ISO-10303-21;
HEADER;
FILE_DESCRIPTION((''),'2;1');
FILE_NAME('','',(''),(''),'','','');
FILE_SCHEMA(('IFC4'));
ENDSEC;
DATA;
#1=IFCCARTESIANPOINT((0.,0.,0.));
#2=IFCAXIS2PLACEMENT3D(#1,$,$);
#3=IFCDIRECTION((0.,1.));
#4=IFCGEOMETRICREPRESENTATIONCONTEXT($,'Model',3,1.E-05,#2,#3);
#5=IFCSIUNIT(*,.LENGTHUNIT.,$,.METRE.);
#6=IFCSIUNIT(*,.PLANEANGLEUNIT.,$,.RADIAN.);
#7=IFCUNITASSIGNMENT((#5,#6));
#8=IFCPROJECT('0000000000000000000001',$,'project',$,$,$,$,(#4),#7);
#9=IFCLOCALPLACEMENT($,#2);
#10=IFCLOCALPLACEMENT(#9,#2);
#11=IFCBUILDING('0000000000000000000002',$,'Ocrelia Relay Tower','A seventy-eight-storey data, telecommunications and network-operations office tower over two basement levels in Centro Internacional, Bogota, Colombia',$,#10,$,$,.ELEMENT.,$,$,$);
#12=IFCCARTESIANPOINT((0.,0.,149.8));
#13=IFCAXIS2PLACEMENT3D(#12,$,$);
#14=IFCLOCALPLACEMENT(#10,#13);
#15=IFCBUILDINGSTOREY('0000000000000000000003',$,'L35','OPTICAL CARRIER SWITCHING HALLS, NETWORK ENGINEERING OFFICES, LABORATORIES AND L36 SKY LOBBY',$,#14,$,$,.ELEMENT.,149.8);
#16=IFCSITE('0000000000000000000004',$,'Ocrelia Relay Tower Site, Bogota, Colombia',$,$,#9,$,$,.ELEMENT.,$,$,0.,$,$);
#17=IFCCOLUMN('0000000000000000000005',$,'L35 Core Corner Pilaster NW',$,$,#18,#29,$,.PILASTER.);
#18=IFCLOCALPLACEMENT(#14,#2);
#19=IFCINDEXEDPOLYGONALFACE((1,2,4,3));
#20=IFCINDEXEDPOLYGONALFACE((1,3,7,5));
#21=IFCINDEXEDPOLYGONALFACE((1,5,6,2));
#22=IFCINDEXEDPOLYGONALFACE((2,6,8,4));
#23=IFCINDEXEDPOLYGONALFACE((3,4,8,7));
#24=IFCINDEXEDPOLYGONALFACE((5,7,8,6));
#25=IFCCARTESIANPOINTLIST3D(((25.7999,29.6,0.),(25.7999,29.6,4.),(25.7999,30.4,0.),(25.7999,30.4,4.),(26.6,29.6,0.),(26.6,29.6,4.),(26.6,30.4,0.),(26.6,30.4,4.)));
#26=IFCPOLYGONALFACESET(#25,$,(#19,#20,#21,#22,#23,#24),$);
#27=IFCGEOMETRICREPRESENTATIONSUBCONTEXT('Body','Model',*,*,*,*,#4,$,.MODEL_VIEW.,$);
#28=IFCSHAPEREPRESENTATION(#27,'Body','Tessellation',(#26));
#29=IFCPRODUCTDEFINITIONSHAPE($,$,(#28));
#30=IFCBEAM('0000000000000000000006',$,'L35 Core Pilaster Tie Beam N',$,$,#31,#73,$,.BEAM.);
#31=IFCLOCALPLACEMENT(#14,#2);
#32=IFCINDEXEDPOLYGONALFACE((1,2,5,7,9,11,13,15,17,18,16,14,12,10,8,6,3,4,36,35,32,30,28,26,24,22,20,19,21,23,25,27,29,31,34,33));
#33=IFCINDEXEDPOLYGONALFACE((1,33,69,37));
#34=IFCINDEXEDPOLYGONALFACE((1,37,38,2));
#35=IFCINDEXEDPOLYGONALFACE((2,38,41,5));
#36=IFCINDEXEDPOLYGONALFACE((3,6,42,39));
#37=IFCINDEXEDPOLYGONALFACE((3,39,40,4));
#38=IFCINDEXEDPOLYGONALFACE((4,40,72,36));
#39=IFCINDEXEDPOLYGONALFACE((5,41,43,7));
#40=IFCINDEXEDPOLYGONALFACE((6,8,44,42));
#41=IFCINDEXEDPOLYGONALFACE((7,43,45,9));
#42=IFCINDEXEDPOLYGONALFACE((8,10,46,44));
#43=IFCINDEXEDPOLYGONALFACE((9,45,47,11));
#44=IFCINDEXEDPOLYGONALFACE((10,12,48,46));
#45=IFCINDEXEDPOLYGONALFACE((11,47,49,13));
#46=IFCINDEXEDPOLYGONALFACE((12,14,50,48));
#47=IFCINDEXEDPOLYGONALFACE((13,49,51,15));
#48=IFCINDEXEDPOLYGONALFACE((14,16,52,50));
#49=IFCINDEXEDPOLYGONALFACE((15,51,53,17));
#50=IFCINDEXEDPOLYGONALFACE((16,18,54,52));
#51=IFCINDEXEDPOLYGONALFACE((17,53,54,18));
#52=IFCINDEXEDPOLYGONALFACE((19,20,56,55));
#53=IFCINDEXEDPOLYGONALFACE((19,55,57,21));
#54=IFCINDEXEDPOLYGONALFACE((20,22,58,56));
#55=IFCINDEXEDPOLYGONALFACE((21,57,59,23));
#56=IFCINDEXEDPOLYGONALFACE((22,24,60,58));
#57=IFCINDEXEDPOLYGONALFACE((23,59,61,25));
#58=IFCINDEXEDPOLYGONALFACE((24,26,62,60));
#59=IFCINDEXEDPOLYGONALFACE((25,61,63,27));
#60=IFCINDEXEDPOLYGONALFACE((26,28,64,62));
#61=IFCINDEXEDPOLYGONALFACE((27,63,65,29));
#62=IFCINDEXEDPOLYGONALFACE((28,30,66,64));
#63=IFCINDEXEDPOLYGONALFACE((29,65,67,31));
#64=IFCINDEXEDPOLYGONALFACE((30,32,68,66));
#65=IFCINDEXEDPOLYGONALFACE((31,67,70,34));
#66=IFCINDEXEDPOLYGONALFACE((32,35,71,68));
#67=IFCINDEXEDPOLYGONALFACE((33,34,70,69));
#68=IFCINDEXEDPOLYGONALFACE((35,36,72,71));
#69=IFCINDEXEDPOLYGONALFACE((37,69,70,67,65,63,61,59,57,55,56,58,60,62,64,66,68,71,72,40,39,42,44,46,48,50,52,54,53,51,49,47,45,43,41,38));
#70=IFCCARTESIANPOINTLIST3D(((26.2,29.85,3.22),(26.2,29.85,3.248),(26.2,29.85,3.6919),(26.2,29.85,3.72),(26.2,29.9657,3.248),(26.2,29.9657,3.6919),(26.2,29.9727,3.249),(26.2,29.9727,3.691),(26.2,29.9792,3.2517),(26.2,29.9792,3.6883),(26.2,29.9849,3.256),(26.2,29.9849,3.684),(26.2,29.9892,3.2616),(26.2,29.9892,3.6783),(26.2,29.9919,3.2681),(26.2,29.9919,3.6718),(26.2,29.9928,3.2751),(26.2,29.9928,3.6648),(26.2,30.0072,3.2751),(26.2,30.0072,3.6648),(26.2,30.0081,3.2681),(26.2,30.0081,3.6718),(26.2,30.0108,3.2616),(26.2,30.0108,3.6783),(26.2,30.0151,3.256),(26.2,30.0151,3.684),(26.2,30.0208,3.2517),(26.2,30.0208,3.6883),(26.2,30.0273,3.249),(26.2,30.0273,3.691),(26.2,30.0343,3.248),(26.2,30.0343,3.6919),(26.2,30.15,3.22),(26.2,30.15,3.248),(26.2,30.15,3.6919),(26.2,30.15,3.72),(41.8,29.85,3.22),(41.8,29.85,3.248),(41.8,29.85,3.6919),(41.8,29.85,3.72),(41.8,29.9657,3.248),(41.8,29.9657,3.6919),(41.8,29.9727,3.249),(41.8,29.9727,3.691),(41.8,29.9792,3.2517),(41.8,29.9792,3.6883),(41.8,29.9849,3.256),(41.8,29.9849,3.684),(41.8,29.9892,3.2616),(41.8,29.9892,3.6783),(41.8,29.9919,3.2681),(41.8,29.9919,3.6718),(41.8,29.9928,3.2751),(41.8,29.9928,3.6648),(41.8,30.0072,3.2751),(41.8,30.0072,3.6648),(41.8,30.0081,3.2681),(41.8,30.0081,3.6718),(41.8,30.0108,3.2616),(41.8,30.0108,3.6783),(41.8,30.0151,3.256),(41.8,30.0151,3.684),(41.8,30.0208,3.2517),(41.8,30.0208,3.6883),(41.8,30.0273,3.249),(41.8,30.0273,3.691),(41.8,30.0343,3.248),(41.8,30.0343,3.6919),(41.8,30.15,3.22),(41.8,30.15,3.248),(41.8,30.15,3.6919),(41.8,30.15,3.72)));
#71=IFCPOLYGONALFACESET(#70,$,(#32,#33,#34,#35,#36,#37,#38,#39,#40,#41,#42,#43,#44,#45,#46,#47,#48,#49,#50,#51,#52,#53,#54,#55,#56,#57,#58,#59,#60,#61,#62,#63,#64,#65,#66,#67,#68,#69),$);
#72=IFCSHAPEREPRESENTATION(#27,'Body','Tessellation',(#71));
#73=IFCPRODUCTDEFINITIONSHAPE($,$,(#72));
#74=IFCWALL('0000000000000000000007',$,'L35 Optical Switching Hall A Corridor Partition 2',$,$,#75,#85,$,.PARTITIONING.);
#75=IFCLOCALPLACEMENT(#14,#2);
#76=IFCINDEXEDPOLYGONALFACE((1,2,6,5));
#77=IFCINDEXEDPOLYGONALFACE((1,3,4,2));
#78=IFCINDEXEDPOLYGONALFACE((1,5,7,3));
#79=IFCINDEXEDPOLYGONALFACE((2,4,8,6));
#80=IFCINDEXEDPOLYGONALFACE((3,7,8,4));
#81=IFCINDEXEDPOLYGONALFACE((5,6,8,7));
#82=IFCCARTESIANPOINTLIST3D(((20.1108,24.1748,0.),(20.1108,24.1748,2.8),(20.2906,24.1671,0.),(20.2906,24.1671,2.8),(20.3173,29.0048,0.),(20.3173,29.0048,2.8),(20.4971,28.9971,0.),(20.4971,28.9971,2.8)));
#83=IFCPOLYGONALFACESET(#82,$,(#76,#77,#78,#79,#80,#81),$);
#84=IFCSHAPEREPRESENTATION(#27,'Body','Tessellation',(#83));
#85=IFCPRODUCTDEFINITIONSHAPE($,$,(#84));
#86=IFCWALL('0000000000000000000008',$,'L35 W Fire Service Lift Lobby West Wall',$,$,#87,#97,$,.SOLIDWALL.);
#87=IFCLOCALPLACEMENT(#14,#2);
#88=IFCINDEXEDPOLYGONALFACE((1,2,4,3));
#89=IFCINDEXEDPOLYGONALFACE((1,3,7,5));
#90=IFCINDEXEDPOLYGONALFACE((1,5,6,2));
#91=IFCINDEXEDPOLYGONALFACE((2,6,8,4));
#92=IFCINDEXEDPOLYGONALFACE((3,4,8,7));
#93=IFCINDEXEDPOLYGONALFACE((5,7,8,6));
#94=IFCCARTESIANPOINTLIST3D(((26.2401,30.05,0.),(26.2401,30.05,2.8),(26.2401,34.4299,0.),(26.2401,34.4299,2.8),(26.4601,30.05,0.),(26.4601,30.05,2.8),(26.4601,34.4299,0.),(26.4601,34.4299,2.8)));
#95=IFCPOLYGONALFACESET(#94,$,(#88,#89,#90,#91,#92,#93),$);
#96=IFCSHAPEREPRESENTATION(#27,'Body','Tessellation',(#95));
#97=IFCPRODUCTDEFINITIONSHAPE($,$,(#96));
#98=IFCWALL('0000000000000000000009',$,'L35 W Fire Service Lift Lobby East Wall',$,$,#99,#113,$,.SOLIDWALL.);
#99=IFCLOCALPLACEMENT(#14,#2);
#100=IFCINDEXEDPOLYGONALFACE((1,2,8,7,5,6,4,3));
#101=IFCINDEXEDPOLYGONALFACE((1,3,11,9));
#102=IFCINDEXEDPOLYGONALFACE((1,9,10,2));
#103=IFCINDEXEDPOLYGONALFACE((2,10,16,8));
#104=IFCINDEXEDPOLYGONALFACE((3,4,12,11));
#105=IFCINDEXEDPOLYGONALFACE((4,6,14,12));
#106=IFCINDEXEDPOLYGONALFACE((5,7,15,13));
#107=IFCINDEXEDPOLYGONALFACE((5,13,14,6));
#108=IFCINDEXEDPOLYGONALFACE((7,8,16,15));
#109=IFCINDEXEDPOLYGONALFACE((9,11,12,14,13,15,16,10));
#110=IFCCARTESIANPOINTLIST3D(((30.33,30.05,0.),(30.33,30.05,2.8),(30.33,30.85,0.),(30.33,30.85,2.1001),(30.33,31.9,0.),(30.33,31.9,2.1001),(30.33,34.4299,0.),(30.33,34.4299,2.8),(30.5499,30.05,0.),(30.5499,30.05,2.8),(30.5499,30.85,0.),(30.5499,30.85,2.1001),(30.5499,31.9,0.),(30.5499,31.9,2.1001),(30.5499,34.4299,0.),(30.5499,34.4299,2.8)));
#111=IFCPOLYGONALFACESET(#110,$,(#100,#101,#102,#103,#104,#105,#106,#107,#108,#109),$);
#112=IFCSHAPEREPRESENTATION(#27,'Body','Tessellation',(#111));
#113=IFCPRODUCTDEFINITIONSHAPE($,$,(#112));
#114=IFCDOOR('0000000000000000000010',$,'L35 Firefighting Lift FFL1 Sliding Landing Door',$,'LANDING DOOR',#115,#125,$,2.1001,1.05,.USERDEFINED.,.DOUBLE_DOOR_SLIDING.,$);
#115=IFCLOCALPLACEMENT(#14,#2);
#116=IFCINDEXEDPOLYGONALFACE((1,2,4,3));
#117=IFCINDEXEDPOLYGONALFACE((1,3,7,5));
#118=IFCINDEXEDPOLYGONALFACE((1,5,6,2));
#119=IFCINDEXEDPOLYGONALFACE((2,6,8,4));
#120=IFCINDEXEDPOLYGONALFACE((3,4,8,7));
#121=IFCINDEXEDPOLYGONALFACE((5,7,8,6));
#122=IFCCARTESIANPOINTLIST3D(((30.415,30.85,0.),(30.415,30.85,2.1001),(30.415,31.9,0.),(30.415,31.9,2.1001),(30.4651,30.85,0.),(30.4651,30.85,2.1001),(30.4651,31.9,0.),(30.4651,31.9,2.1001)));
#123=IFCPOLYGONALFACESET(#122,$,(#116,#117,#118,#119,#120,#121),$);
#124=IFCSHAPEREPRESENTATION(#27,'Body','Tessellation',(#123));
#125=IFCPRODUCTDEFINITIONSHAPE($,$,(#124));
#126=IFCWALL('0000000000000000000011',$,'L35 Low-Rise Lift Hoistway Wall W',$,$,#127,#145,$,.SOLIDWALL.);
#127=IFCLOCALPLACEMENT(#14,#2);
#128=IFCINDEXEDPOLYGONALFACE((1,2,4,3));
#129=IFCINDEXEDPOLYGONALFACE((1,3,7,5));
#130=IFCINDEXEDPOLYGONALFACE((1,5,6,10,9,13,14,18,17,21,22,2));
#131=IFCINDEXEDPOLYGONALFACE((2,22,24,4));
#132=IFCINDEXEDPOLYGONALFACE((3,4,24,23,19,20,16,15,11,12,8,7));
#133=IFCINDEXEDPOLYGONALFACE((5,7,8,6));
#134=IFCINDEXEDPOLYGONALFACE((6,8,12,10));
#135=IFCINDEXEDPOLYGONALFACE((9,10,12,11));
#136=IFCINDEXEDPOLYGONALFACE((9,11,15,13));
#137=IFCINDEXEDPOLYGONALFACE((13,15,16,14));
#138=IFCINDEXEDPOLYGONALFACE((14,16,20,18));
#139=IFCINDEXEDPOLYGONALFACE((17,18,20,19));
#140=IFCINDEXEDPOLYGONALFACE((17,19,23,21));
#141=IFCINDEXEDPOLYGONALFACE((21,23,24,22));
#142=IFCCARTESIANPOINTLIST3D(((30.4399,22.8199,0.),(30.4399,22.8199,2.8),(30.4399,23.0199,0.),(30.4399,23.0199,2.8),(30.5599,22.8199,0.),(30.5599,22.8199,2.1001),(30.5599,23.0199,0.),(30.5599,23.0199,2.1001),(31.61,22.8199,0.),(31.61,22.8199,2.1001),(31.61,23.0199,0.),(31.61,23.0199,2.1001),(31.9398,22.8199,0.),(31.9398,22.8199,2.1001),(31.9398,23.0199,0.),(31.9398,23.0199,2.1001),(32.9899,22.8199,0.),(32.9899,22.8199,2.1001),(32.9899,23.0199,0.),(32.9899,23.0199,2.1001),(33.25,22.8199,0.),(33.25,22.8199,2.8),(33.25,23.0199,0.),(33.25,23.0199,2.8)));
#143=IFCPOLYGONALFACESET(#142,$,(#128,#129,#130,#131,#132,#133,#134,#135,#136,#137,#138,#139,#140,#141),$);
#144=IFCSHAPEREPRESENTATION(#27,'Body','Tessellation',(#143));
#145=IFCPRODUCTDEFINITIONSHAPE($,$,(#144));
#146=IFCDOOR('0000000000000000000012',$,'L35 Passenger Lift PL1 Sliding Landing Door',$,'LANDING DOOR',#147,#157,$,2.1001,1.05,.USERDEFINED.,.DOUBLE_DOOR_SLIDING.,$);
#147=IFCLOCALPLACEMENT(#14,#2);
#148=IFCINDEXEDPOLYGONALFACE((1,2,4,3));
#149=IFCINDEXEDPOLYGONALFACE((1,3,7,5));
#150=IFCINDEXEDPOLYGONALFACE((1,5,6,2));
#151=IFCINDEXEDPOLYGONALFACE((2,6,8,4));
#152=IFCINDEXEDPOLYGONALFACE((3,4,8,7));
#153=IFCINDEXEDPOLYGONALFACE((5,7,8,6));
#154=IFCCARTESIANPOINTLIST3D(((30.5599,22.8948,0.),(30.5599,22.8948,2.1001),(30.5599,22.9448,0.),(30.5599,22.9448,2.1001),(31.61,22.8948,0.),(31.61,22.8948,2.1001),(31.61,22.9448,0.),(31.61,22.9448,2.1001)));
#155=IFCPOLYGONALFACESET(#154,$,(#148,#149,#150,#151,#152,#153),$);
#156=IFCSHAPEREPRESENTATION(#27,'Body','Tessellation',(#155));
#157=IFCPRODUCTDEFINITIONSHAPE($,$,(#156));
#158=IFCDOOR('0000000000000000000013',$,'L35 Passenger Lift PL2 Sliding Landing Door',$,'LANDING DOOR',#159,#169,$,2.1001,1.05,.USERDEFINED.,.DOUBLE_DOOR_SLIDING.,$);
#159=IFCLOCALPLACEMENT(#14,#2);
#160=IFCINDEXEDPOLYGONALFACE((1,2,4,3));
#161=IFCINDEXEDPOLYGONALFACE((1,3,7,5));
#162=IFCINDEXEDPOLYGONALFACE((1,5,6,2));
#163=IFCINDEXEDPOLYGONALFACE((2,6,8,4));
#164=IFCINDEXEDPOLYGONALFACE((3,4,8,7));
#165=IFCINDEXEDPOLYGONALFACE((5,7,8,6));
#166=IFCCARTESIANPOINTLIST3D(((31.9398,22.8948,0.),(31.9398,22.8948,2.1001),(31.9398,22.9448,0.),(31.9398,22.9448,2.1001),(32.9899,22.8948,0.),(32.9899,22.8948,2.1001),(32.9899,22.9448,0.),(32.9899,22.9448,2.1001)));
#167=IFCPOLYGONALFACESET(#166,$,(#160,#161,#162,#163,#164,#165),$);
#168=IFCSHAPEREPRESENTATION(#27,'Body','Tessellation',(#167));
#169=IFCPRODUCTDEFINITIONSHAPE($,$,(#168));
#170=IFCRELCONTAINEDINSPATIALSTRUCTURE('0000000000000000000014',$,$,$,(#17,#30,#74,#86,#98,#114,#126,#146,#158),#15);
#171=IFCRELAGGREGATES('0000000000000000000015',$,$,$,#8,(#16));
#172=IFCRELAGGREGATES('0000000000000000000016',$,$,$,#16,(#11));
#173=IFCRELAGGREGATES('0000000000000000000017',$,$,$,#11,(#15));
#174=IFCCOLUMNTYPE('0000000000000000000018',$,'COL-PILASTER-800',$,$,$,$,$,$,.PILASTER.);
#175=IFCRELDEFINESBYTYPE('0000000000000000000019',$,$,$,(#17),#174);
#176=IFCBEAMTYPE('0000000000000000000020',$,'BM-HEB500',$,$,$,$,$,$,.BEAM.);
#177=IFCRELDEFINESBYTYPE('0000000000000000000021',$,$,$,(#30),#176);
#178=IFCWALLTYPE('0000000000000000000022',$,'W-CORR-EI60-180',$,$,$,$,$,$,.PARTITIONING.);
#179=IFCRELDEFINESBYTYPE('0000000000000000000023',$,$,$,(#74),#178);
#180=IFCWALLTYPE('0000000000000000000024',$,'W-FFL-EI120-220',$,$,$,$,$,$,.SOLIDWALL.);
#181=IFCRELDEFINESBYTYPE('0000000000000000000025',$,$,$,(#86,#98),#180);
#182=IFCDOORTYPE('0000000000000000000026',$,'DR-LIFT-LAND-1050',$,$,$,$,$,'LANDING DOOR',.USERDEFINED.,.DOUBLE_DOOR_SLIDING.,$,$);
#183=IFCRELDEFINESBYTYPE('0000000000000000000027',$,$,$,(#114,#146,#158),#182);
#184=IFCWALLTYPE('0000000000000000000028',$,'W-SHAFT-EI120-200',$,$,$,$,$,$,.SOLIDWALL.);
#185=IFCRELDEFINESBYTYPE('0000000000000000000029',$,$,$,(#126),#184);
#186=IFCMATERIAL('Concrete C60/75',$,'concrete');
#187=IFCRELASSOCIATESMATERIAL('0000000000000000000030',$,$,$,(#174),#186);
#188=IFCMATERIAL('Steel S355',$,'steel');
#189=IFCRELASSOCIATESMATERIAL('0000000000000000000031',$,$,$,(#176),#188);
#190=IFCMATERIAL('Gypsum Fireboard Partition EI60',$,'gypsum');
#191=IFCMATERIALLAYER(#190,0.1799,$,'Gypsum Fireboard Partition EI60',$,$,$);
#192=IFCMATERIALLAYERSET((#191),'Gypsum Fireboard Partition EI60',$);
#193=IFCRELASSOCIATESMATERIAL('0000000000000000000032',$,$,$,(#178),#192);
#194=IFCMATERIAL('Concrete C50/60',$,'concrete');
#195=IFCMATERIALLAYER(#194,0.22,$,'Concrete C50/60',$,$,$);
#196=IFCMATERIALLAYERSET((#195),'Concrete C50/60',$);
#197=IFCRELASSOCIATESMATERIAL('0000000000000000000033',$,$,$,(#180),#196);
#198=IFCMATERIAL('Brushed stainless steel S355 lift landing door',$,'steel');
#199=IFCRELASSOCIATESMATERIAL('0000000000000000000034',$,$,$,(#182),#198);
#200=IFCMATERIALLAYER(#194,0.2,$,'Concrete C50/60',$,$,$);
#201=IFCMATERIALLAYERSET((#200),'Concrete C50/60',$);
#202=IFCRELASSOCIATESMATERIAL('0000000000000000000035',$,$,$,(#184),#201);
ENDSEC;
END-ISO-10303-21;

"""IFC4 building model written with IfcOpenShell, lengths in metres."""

from ifc_helpers import new_model, si_unit, direction, frame, frame_2d, origin, origin_2d, place, context, subcontext, project, spatial, rectangle, i_section, extrude, material, layer, layer_set, material_profile, profile_set, type_object, element, fill, save


model = new_model("IFC4")

# Units and contexts
model_context = context("Model", 3, precision=1e-05, world=origin(), true_north=direction((0.0, 1.0)))
body_context = subcontext(model_context, "Body", "Model", "MODEL_VIEW")
ifc_project = project(units=[si_unit("LENGTHUNIT", "METRE"), si_unit("PLANEANGLEUNIT", "RADIAN")], contexts=[model_context])

# Site, building, storey
site_placement = place(None, origin())
site = spatial("IfcSite", under=ifc_project, at=site_placement, Name="Ocrelia Relay Tower Site, Bogota, Colombia", CompositionType="ELEMENT", RefElevation=0.0)
building_placement = place(site_placement, origin())
building = spatial("IfcBuilding", under=site, at=building_placement, Name="Ocrelia Relay Tower", Description="A seventy-eight-storey data, telecommunications and network-operations office tower over two basement levels in Centro Internacional, Bogota, Colombia", CompositionType="ELEMENT")
storey_placement = place(building_placement, frame((0.0, 0.0, 149.8)))
storey = spatial("IfcBuildingStorey", under=building, at=storey_placement, Name="L35", Description="OPTICAL CARRIER SWITCHING HALLS, NETWORK ENGINEERING OFFICES, LABORATORIES AND L36 SKY LOBBY", CompositionType="ELEMENT", Elevation=149.8)

# Column
ifc_material_1 = material(Name="Concrete C60/75", Category="concrete")
ifc_material_profile_1 = material_profile(ifc_material_1, rectangle(XDim=0.8, YDim=0.8, at=origin_2d()), Name="RC-COL-800x800")
ifc_profile_set_1 = profile_set([ifc_material_profile_1], Name="Concrete C60/75")
column_type = type_object("IfcColumnType", Name="COL-PILASTER-800", PredefinedType="PILASTER", material=ifc_profile_set_1)
column_placement = place(storey_placement, frame((26.2, 30.0, 0.0), z_axis=(0.0, 0.0, 1.0), x_axis=(1.0, 0.0, 0.0)))
element("IfcColumn", 1, at=column_placement, inside=storey, type_object=column_type, Name="L35 Core Corner Pilaster NW", PredefinedType="PILASTER", context=body_context, shape_type="SweptSolid", body=[
    extrude(rectangle(XDim=0.8, YDim=0.8, at=origin_2d()), origin(), (0.0, 0.0, 1.0), 4.0),
])

# Beam
ifc_material_2 = material(Name="Steel S355", Category="steel")
ifc_material_profile_2 = material_profile(ifc_material_2, i_section(OverallWidth=0.3, OverallDepth=0.5, WebThickness=0.0144, FlangeThickness=0.0281, FilletRadius=0.0271, at=origin_2d()), Name="HEB 500")
ifc_profile_set_2 = profile_set([ifc_material_profile_2], Name="Steel S355")
beam_type = type_object("IfcBeamType", Name="BM-HEB500", PredefinedType="BEAM", material=ifc_profile_set_2)
beam_placement = place(storey_placement, frame((26.2, 30.0, 3.47), z_axis=(1.0, 0.0, 0.0), x_axis=(0.0, 1.0, 0.0)))
element("IfcBeam", 2, at=beam_placement, inside=storey, type_object=beam_type, Name="L35 Core Pilaster Tie Beam N", PredefinedType="BEAM", context=body_context, shape_type="SweptSolid", body=[
    extrude(i_section(OverallWidth=0.3, OverallDepth=0.5, WebThickness=0.0144, FlangeThickness=0.0281, FilletRadius=0.0271, at=origin_2d()), origin(), (0.0, 0.0, 1.0), 15.6001),
])

# Walls
ifc_material_3 = material(Name="Gypsum Fireboard Partition EI60", Category="gypsum")
ifc_layer_1 = layer(ifc_material_3, 0.1799, Name="Gypsum Fireboard Partition EI60")
ifc_layer_set_1 = layer_set([ifc_layer_1], Name="Gypsum Fireboard Partition EI60")
wall_type_1 = type_object("IfcWallType", Name="W-CORR-EI60-180", PredefinedType="PARTITIONING", material=ifc_layer_set_1)
wall_1_placement = place(storey_placement, frame((20.4072, 29.001, 0.0), z_axis=(0.0, 0.0, 1.0), x_axis=(-0.042723, -0.999087, 0.0)))
element("IfcWall", 3, at=wall_1_placement, inside=storey, type_object=wall_type_1, Name="L35 Optical Switching Hall A Corridor Partition 2", PredefinedType="PARTITIONING", context=body_context, shape_type="SweptSolid", body=[
    extrude(rectangle(XDim=4.8345, YDim=0.1799, at=frame_2d((2.4172, 0.0))), origin(), (0.0, 0.0, 1.0), 2.8),
])
ifc_material_4 = material(Name="Concrete C50/60", Category="concrete")
ifc_layer_2 = layer(ifc_material_4, 0.22, Name="Concrete C50/60")
ifc_layer_set_2 = layer_set([ifc_layer_2], Name="Concrete C50/60")
wall_type_2 = type_object("IfcWallType", Name="W-FFL-EI120-220", PredefinedType="SOLIDWALL", material=ifc_layer_set_2)
wall_2_placement = place(storey_placement, frame((26.3501, 30.05, 0.0), z_axis=(0.0, 0.0, 1.0), x_axis=(0.0, 1.0, 0.0)))
element("IfcWall", 4, at=wall_2_placement, inside=storey, type_object=wall_type_2, Name="L35 W Fire Service Lift Lobby West Wall", PredefinedType="SOLIDWALL", context=body_context, shape_type="SweptSolid", body=[
    extrude(rectangle(XDim=4.3799, YDim=0.22, at=frame_2d((2.1899, 0.0))), origin(), (0.0, 0.0, 1.0), 2.8),
])

# Wall, opening, door
wall_3_placement = place(storey_placement, frame((30.4399, 30.05, 0.0), z_axis=(0.0, 0.0, 1.0), x_axis=(0.0, 1.0, 0.0)))
wall_3 = element("IfcWall", 5, at=wall_3_placement, inside=storey, type_object=wall_type_2, Name="L35 W Fire Service Lift Lobby East Wall", PredefinedType="SOLIDWALL", context=body_context, shape_type="SweptSolid", body=[
    extrude(rectangle(XDim=4.3799, YDim=0.22, at=frame_2d((2.1899, 0.0))), origin(), (0.0, 0.0, 1.0), 2.8),
])
opening_1_placement = place(wall_3_placement, frame((0.8, 0.0, 0.0)))
opening_1 = element("IfcOpeningElement", 6, at=opening_1_placement, cuts=wall_3, PredefinedType="OPENING", context=body_context, shape_type="SweptSolid", body=[
    extrude(rectangle(XDim=1.05, YDim=2.1001, at=frame_2d((0.5249, 1.05))), frame((0.0, 0.1201, 0.0), z_axis=(0.0, -1.0, 0.0), x_axis=(1.0, 0.0, 0.0)), (0.0, 0.0, 1.0), 0.24),
])
ifc_material_5 = material(Name="Brushed stainless steel S355 lift landing door", Category="steel")
door_type_1 = type_object("IfcDoorType", Name="DR-LIFT-LAND-1050", ElementType="LANDING DOOR", OperationType="DOUBLE_DOOR_SLIDING", PredefinedType="USERDEFINED", material=ifc_material_5)
door_1_placement = place(opening_1_placement, origin())
door_1 = element("IfcDoor", 7, at=door_1_placement, inside=storey, type_object=door_type_1, Name="L35 Firefighting Lift FFL1 Sliding Landing Door", ObjectType="LANDING DOOR", OperationType="DOUBLE_DOOR_SLIDING", OverallHeight=2.1001, OverallWidth=1.05, PredefinedType="USERDEFINED", context=body_context, shape_type="SweptSolid", body=[
    extrude(rectangle(XDim=1.05, YDim=2.1001, at=frame_2d((0.5249, 1.05))), frame((0.0, 0.0249, 0.0), z_axis=(0.0, -1.0, 0.0), x_axis=(1.0, 0.0, 0.0)), (0.0, 0.0, 1.0), 0.05),
])
fill(opening_1, door_1)

# Wall, openings, doors
ifc_layer_3 = layer(ifc_material_4, 0.2, Name="Concrete C50/60")
ifc_layer_set_3 = layer_set([ifc_layer_3], Name="Concrete C50/60")
wall_type_3 = type_object("IfcWallType", Name="W-SHAFT-EI120-200", PredefinedType="SOLIDWALL", material=ifc_layer_set_3)
wall_4_placement = place(storey_placement, frame((30.4399, 22.9199, 0.0), z_axis=(0.0, 0.0, 1.0), x_axis=(1.0, 0.0, 0.0)))
wall_4 = element("IfcWall", 8, at=wall_4_placement, inside=storey, type_object=wall_type_3, Name="L35 Low-Rise Lift Hoistway Wall W", PredefinedType="SOLIDWALL", context=body_context, shape_type="SweptSolid", body=[
    extrude(rectangle(XDim=2.8101, YDim=0.2, at=frame_2d((1.405, 0.0))), origin(), (0.0, 0.0, 1.0), 2.8),
])
opening_2_placement = place(wall_4_placement, frame((0.1201, 0.0, 0.0)))
opening_2 = element("IfcOpeningElement", 9, at=opening_2_placement, cuts=wall_4, PredefinedType="OPENING", context=body_context, shape_type="SweptSolid", body=[
    extrude(rectangle(XDim=1.05, YDim=2.1001, at=frame_2d((0.5249, 1.05))), frame((0.0, 0.1099, 0.0), z_axis=(0.0, -1.0, 0.0), x_axis=(1.0, 0.0, 0.0)), (0.0, 0.0, 1.0), 0.22),
])
opening_3_placement = place(wall_4_placement, frame((1.5, 0.0, 0.0)))
opening_3 = element("IfcOpeningElement", 10, at=opening_3_placement, cuts=wall_4, PredefinedType="OPENING", context=body_context, shape_type="SweptSolid", body=[
    extrude(rectangle(XDim=1.05, YDim=2.1001, at=frame_2d((0.5249, 1.05))), frame((0.0, 0.1099, 0.0), z_axis=(0.0, -1.0, 0.0), x_axis=(1.0, 0.0, 0.0)), (0.0, 0.0, 1.0), 0.22),
])
door_2_placement = place(opening_2_placement, origin())
door_2 = element("IfcDoor", 11, at=door_2_placement, inside=storey, type_object=door_type_1, Name="L35 Passenger Lift PL1 Sliding Landing Door", ObjectType="LANDING DOOR", OperationType="DOUBLE_DOOR_SLIDING", OverallHeight=2.1001, OverallWidth=1.05, PredefinedType="USERDEFINED", context=body_context, shape_type="SweptSolid", body=[
    extrude(rectangle(XDim=1.05, YDim=2.1001, at=frame_2d((0.5249, 1.05))), frame((0.0, 0.0249, 0.0), z_axis=(0.0, -1.0, 0.0), x_axis=(1.0, 0.0, 0.0)), (0.0, 0.0, 1.0), 0.05),
])
fill(opening_2, door_2)
door_3_placement = place(opening_3_placement, origin())
door_3 = element("IfcDoor", 12, at=door_3_placement, inside=storey, type_object=door_type_1, Name="L35 Passenger Lift PL2 Sliding Landing Door", ObjectType="LANDING DOOR", OperationType="DOUBLE_DOOR_SLIDING", OverallHeight=2.1001, OverallWidth=1.05, PredefinedType="USERDEFINED", context=body_context, shape_type="SweptSolid", body=[
    extrude(rectangle(XDim=1.05, YDim=2.1001, at=frame_2d((0.5249, 1.05))), frame((0.0, 0.0249, 0.0), z_axis=(0.0, -1.0, 0.0), x_axis=(1.0, 0.0, 0.0)), (0.0, 0.0, 1.0), 0.05),
])
fill(opening_3, door_3)

save(model, "model.ifc")
